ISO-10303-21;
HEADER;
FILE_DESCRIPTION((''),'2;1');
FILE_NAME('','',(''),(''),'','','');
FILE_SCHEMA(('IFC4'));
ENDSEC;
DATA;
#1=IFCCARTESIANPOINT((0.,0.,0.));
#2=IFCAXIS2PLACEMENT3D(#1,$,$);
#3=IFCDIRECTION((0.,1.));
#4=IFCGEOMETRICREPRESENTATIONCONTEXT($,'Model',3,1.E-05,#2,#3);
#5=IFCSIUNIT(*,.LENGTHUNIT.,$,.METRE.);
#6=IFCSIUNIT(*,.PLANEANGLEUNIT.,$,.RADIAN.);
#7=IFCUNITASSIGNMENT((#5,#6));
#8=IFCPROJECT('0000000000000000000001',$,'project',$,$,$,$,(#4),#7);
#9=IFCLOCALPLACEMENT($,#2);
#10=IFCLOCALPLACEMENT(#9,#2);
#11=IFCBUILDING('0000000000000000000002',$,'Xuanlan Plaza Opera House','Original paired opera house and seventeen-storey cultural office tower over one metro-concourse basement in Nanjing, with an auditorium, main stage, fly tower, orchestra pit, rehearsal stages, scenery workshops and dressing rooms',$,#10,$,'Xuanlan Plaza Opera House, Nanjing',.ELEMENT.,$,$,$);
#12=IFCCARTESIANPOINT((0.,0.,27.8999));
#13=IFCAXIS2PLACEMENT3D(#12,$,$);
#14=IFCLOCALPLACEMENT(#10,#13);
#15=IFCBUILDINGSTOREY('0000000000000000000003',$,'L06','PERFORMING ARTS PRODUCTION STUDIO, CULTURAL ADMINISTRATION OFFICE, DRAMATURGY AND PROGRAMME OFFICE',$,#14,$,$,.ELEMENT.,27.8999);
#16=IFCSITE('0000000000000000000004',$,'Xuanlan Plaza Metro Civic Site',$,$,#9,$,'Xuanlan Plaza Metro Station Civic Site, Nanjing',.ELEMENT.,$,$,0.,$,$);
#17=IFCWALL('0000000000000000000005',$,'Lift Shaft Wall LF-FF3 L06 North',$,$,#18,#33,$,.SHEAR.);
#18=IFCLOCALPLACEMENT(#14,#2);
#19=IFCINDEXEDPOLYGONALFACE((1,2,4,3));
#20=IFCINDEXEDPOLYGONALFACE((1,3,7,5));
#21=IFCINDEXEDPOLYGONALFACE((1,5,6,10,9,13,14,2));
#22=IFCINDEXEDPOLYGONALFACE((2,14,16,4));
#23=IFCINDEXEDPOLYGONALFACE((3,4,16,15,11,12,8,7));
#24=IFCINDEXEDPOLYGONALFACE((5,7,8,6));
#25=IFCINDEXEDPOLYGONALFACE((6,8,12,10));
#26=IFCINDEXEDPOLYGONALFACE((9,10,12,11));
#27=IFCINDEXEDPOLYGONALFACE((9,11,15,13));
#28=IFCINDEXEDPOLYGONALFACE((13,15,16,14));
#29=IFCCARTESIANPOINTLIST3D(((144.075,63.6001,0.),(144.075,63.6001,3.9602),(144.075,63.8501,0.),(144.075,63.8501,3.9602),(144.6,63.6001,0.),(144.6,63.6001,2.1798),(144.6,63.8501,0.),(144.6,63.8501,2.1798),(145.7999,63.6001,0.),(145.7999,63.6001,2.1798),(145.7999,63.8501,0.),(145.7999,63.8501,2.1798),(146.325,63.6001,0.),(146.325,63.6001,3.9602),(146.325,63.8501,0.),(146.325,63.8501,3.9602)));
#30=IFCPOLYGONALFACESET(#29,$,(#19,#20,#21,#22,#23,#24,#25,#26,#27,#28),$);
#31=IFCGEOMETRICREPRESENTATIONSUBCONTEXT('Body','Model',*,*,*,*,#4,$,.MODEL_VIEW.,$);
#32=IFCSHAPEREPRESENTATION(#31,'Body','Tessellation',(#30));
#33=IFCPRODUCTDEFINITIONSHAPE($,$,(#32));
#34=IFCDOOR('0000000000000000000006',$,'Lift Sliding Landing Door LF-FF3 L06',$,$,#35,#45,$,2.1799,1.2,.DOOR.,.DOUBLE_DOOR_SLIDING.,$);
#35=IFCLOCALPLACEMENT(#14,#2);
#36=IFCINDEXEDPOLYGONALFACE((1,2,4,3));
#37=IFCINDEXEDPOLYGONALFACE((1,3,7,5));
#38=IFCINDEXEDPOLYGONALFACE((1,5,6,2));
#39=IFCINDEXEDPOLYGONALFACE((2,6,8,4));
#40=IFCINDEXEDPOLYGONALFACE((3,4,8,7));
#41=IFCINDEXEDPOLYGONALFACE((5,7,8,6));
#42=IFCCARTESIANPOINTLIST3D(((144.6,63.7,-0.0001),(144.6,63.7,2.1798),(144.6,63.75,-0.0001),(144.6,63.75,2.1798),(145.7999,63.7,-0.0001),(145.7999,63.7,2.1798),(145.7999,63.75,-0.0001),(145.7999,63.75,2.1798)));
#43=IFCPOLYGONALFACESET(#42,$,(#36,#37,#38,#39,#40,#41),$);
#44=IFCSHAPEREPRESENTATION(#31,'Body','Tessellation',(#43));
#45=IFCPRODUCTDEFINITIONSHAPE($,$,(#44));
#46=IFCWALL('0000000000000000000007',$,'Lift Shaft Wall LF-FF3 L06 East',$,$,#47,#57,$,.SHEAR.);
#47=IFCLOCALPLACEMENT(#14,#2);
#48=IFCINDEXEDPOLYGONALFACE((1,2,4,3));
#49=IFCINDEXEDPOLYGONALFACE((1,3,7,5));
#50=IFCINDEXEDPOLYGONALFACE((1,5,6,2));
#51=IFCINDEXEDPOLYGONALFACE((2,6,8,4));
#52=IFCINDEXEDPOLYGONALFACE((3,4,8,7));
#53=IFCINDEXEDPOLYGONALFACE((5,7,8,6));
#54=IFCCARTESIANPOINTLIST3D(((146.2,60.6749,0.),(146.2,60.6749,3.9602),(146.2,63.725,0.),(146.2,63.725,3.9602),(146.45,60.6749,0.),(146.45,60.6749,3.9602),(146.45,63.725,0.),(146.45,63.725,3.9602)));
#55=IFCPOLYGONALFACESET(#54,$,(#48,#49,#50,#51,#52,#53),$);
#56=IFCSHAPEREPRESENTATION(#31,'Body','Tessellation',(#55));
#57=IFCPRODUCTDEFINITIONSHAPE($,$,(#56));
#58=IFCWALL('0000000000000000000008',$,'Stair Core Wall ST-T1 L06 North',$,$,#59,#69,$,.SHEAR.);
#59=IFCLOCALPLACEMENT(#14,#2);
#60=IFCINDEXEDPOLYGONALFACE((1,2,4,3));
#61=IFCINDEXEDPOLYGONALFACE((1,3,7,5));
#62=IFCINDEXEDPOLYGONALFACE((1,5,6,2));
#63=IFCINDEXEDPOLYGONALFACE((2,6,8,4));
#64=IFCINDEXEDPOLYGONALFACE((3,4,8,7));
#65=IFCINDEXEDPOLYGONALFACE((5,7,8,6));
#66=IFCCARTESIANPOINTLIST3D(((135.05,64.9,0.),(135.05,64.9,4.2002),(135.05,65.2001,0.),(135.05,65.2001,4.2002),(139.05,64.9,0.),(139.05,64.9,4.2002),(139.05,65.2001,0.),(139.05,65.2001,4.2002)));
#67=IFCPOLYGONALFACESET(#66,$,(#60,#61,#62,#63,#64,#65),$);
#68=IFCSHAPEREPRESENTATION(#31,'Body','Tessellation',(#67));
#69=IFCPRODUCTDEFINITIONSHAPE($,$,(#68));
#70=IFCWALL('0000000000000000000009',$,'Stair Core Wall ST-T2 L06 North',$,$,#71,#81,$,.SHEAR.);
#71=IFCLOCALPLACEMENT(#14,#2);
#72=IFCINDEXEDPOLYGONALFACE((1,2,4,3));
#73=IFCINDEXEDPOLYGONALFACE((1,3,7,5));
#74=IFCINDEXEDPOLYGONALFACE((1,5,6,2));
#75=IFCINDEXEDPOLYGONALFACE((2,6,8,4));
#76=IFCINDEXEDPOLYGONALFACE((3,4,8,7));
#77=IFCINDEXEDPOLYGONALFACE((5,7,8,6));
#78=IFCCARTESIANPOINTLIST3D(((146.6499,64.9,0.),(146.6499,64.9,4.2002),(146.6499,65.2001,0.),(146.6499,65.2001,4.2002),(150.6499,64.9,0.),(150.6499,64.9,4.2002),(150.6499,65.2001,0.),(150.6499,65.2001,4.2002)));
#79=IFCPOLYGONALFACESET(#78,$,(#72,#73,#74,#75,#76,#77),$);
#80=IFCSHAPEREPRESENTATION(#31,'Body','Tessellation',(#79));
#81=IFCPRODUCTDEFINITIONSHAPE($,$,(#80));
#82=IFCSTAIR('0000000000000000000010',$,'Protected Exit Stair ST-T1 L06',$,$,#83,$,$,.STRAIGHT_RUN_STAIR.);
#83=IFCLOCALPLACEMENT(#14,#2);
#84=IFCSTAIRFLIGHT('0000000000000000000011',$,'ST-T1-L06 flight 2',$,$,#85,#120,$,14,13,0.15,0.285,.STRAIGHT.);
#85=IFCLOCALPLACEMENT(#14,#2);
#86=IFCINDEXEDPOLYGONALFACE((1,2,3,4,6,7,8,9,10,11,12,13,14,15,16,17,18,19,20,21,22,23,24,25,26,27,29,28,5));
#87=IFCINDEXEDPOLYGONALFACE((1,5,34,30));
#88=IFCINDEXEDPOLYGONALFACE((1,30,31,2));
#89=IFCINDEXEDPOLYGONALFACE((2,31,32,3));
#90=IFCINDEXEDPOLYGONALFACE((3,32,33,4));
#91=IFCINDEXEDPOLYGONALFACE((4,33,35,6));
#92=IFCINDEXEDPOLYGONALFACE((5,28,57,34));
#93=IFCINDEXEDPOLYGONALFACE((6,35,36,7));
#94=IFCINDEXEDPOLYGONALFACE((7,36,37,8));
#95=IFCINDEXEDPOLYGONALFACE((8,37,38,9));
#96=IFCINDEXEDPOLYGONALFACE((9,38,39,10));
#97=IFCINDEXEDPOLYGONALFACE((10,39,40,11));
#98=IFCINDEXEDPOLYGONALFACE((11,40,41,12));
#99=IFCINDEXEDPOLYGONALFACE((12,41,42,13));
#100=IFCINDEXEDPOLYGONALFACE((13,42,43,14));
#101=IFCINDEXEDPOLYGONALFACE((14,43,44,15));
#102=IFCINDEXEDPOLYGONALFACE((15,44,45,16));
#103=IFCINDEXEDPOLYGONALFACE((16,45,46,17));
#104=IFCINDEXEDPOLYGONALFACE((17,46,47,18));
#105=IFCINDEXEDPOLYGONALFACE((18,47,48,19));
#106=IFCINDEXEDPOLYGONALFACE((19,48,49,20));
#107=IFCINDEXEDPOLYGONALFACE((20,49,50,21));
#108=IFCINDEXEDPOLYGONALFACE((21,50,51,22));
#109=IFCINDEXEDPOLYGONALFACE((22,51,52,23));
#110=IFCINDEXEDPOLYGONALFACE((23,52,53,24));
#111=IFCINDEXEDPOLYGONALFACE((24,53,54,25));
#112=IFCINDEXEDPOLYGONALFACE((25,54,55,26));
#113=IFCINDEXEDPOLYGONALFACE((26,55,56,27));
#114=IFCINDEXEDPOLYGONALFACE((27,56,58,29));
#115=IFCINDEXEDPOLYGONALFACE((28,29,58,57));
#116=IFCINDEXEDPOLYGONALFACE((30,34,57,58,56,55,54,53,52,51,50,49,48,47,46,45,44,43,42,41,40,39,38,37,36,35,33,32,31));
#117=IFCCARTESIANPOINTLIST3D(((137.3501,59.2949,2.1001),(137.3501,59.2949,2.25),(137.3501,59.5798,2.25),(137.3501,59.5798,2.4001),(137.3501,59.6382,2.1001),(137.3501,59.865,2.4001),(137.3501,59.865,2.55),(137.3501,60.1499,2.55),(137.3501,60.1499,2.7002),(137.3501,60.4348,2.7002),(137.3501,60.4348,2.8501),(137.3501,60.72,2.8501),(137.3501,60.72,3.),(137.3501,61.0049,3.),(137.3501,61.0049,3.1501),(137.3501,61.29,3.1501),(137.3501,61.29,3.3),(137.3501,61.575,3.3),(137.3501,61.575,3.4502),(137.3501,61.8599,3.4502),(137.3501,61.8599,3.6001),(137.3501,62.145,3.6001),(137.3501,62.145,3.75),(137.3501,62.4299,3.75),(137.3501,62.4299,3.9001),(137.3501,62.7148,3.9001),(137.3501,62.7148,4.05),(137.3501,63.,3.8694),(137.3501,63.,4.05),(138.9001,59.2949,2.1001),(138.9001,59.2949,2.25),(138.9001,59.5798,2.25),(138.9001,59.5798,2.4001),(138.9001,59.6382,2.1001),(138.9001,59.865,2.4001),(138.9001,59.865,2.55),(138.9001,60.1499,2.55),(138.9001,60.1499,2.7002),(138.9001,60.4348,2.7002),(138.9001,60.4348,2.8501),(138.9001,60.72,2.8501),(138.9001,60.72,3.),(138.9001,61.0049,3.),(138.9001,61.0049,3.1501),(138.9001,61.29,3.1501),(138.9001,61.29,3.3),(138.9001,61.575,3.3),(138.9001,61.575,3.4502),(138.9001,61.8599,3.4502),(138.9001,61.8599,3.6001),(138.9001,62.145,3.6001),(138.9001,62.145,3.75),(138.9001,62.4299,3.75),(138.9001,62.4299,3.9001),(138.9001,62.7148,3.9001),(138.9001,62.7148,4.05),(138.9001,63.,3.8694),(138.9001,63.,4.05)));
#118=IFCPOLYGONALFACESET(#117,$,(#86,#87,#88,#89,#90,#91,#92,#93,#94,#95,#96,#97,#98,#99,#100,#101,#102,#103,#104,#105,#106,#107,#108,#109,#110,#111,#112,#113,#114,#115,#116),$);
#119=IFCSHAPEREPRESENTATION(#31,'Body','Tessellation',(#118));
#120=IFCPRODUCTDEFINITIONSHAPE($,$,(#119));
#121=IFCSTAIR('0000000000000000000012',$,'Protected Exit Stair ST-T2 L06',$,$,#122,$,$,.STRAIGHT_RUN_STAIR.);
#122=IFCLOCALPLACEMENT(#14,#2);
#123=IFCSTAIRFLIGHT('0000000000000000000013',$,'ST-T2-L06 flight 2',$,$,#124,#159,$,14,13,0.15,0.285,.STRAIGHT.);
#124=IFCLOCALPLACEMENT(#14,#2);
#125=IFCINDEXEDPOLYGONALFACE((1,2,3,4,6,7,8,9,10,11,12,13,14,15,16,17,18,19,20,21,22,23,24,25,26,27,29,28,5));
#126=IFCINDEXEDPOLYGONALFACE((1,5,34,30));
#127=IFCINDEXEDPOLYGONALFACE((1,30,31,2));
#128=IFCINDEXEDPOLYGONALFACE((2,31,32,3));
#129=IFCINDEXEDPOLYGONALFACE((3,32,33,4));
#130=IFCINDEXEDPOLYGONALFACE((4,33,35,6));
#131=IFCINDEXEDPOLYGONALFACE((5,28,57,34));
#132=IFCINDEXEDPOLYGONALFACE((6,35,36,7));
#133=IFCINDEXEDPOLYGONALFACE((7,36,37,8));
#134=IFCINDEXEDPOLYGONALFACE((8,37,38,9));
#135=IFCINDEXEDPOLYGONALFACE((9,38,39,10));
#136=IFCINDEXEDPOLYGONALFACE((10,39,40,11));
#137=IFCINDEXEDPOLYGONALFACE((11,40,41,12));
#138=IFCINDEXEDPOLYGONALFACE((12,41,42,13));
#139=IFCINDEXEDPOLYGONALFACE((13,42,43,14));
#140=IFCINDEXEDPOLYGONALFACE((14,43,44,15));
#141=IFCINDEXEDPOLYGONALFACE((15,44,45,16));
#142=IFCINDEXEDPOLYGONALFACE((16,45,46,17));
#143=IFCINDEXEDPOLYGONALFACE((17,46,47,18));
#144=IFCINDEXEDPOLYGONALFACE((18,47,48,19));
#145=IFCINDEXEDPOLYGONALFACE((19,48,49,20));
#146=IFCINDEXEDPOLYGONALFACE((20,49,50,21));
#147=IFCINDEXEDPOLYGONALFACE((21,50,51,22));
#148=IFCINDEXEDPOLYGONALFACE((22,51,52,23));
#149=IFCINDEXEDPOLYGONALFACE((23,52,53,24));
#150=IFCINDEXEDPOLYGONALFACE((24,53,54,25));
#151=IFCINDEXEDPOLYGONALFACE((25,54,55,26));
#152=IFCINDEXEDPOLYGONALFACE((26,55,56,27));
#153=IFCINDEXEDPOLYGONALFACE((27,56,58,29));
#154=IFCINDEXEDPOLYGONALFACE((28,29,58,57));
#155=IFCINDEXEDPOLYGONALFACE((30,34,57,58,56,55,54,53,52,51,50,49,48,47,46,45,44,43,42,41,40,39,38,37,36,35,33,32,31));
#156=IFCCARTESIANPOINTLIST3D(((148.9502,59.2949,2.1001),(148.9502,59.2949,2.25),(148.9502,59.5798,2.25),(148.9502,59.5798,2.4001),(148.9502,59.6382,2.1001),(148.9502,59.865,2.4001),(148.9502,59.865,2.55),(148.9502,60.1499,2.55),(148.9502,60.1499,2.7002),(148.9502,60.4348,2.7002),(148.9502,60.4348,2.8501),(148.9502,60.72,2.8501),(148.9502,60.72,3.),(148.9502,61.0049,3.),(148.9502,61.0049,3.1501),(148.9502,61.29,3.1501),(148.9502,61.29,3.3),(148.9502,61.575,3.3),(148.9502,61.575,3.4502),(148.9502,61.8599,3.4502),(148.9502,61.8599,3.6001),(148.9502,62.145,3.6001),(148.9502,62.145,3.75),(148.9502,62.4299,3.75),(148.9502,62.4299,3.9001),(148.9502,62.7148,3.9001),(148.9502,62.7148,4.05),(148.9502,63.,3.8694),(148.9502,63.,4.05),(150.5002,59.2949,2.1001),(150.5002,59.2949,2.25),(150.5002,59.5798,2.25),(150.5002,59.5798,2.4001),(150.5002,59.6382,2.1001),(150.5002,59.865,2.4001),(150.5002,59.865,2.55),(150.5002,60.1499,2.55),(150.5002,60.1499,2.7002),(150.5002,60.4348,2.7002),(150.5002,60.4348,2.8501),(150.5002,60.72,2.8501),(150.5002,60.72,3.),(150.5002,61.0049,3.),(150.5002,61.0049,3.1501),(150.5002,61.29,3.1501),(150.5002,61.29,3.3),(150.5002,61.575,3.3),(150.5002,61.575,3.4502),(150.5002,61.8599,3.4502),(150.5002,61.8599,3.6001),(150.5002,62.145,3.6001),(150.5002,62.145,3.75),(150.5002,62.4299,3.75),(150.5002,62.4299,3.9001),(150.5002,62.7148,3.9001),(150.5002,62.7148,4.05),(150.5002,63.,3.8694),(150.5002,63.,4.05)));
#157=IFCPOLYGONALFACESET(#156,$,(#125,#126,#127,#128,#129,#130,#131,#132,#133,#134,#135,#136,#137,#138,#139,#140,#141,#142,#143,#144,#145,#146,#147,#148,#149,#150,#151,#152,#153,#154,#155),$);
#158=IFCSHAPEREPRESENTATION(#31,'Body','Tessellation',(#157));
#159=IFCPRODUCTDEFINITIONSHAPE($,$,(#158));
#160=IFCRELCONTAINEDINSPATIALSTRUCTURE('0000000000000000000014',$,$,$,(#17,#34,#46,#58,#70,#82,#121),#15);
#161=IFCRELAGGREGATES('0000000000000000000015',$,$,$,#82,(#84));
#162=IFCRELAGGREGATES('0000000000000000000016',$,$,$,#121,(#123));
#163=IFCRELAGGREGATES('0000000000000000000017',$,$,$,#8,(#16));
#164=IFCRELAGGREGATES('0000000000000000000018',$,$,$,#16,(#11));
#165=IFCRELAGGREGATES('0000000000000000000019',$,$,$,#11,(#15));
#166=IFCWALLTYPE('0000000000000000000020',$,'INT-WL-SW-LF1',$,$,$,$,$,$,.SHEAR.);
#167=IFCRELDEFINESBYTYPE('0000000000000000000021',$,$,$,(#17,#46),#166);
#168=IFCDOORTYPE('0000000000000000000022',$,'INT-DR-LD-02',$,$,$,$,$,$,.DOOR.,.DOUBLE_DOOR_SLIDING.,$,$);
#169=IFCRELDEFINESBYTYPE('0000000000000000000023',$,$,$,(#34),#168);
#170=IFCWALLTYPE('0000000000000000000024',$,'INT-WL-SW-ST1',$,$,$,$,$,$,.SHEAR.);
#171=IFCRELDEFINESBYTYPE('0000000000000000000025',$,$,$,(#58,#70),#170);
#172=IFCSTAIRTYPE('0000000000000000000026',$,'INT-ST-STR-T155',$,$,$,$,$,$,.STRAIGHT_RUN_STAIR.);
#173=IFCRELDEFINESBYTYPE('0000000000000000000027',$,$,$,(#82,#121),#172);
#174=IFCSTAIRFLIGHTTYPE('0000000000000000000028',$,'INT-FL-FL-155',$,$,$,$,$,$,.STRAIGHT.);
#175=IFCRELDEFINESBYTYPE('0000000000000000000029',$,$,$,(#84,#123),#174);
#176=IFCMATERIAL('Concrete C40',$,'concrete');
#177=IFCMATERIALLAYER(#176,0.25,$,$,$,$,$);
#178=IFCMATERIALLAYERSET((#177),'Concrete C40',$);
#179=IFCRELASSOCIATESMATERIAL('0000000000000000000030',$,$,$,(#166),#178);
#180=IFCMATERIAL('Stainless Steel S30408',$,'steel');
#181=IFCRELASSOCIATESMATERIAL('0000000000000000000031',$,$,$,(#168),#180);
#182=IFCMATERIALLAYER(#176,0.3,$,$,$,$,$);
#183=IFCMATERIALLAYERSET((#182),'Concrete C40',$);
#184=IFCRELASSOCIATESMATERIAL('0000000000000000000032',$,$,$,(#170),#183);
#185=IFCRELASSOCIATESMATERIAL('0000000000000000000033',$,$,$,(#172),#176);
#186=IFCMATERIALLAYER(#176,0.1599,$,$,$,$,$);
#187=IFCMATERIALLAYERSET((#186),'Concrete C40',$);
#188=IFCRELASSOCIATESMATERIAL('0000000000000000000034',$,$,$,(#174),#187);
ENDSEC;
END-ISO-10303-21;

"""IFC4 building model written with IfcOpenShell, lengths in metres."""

from ifc_helpers import new_model, si_unit, direction, frame, frame_2d, origin, place, context, subcontext, project, spatial, polyline, rectangle, outline, extrude, material, layer, layer_set, type_object, element, fill, aggregate, save


model = new_model("IFC4")

# Units and contexts
model_context = context("Model", 3, precision=1e-05, world=origin(), true_north=direction((0.0, 1.0)))
body_context = subcontext(model_context, "Body", "Model", "MODEL_VIEW")
ifc_project = project(units=[si_unit("LENGTHUNIT", "METRE"), si_unit("PLANEANGLEUNIT", "RADIAN")], contexts=[model_context])

# Site, building, storey
site_placement = place(None, origin())
site = spatial("IfcSite", under=ifc_project, at=site_placement, Name="Xuanlan Plaza Metro Civic Site", LongName="Xuanlan Plaza Metro Station Civic Site, Nanjing", CompositionType="ELEMENT", RefElevation=0.0)
building_placement = place(site_placement, origin())
building = spatial("IfcBuilding", under=site, at=building_placement, Name="Xuanlan Plaza Opera House", Description="Original paired opera house and seventeen-storey cultural office tower over one metro-concourse basement in Nanjing, with an auditorium, main stage, fly tower, orchestra pit, rehearsal stages, scenery workshops and dressing rooms", LongName="Xuanlan Plaza Opera House, Nanjing", CompositionType="ELEMENT")
storey_placement = place(building_placement, frame((0.0, 0.0, 27.8999)))
storey = spatial("IfcBuildingStorey", under=building, at=storey_placement, Name="L06", Description="PERFORMING ARTS PRODUCTION STUDIO, CULTURAL ADMINISTRATION OFFICE, DRAMATURGY AND PROGRAMME OFFICE", CompositionType="ELEMENT", Elevation=27.8999)

# Shared definitions
ifc_material_1 = material(Name="Concrete C40", Category="concrete")

# Shared definitions
ifc_layer_1 = layer(ifc_material_1, 0.25)
ifc_layer_set_1 = layer_set([ifc_layer_1], Name="Concrete C40")
wall_type_1 = type_object("IfcWallType", Name="INT-WL-SW-LF1", PredefinedType="SHEAR", material=ifc_layer_set_1)

# Shared definitions
ifc_material_2 = material(Name="Stainless Steel S30408", Category="steel")
door_type_1 = type_object("IfcDoorType", Name="INT-DR-LD-02", OperationType="DOUBLE_DOOR_SLIDING", PredefinedType="DOOR", material=ifc_material_2)

# Wall, opening, door
wall_1_placement = place(storey_placement, frame((144.075, 63.7251, 0.0), z_axis=(0.0, 0.0, 1.0), x_axis=(1.0, 0.0, 0.0)))
wall_1 = element("IfcWall", 1, at=wall_1_placement, inside=storey, type_object=wall_type_1, Name="Lift Shaft Wall LF-FF3 L06 North", PredefinedType="SHEAR", context=body_context, shape_type="SweptSolid", body=[
    extrude(rectangle(XDim=2.25, YDim=0.25, at=frame_2d((1.125, 0.0))), origin(), (0.0, 0.0, 1.0), 3.9602),
])
opening_1_placement = place(wall_1_placement, frame((0.5249, 0.0, 0.0)))
opening_1 = element("IfcOpeningElement", 2, at=opening_1_placement, cuts=wall_1, PredefinedType="OPENING", context=body_context, shape_type="SweptSolid", body=[
    extrude(rectangle(XDim=1.2, YDim=2.1799, at=frame_2d((0.6001, 1.0898))), frame((0.0, 0.135, 0.0), z_axis=(0.0, -1.0, 0.0), x_axis=(1.0, 0.0, 0.0)), (0.0, 0.0, 1.0), 0.27),
])
door_1_placement = place(opening_1_placement, origin())
door_1 = element("IfcDoor", 3, at=door_1_placement, inside=storey, type_object=door_type_1, Name="Lift Sliding Landing Door LF-FF3 L06", OperationType="DOUBLE_DOOR_SLIDING", OverallHeight=2.1799, OverallWidth=1.2, PredefinedType="DOOR", context=body_context, shape_type="SweptSolid", body=[
    extrude(rectangle(XDim=1.2, YDim=2.1799, at=frame_2d((0.6001, 1.0898))), frame((0.0, 0.0249, 0.0), z_axis=(0.0, -1.0, 0.0), x_axis=(1.0, 0.0, 0.0)), (0.0, 0.0, 1.0), 0.05),
])
fill(opening_1, door_1)

# Walls
wall_2_placement = place(storey_placement, frame((146.325, 60.675, 0.0), z_axis=(0.0, 0.0, 1.0), x_axis=(0.0, 1.0, 0.0)))
element("IfcWall", 4, at=wall_2_placement, inside=storey, type_object=wall_type_1, Name="Lift Shaft Wall LF-FF3 L06 East", PredefinedType="SHEAR", context=body_context, shape_type="SweptSolid", body=[
    extrude(rectangle(XDim=3.05, YDim=0.25, at=frame_2d((1.5249, 0.0))), origin(), (0.0, 0.0, 1.0), 3.9602),
])
ifc_layer_2 = layer(ifc_material_1, 0.3)
ifc_layer_set_2 = layer_set([ifc_layer_2], Name="Concrete C40")
wall_type_2 = type_object("IfcWallType", Name="INT-WL-SW-ST1", PredefinedType="SHEAR", material=ifc_layer_set_2)
for number, where, z_axis, x_axis, name in (
    (5, (135.05, 65.05, 0.0), (0.0, 0.0, 1.0), (1.0, 0.0, 0.0), "Stair Core Wall ST-T1 L06 North"),
    (6, (146.6499, 65.05, 0.0), (0.0, 0.0, 1.0), (1.0, 0.0, 0.0), "Stair Core Wall ST-T2 L06 North"),
):
    element("IfcWall", number, at=place(storey_placement, frame(where, z_axis=z_axis, x_axis=x_axis)), inside=storey, type_object=wall_type_2, Name=name, PredefinedType="SHEAR", context=body_context, shape_type="SweptSolid", body=[
        extrude(rectangle(XDim=4.0, YDim=0.3, at=frame_2d((2.0, 0.0))), origin(), (0.0, 0.0, 1.0), 4.2002),
    ])

# Stairs, stair flights
stair_type = type_object("IfcStairType", Name="INT-ST-STR-T155", PredefinedType="STRAIGHT_RUN_STAIR", material=ifc_material_1)
stair_1_placement = place(storey_placement, origin())
stair_1 = element("IfcStair", 7, at=stair_1_placement, inside=storey, type_object=stair_type, Name="Protected Exit Stair ST-T1 L06", PredefinedType="STRAIGHT_RUN_STAIR")
ifc_layer_3 = layer(ifc_material_1, 0.1599)
ifc_layer_set_3 = layer_set([ifc_layer_3], Name="Concrete C40")
stair_flight_type = type_object("IfcStairFlightType", Name="INT-FL-FL-155", PredefinedType="STRAIGHT", material=ifc_layer_set_3)
stair_flight_1_placement = place(storey_placement, frame((138.125, 59.2949, 2.1001), z_axis=(0.0, 0.0, 1.0), x_axis=(0.0, 1.0, 0.0)))
stair_flight_1 = element("IfcStairFlight", 8, at=stair_flight_1_placement, type_object=stair_flight_type, Name="ST-T1-L06 flight 2", NumberOfRisers=14, NumberOfTreads=13, PredefinedType="STRAIGHT", RiserHeight=0.15, TreadLength=0.285, context=body_context, shape_type="SweptSolid", body=[
    extrude(outline(polyline([(0.0, 0.0), (0.0, 0.1499), (0.2849, 0.1499), (0.2849, 0.3), (0.5701, 0.3), (0.5701, 0.45), (0.855, 0.45), (0.855, 0.6001), (1.1399, 0.6001), (1.1399, 0.75), (1.425, 0.75), (1.425, 0.8999), (1.71, 0.8999), (1.71, 1.05), (1.9951, 1.05), (1.9951, 1.2), (2.28, 1.2), (2.28, 1.3501), (2.5649, 1.3501), (2.5649, 1.5), (2.8501, 1.5), (2.8501, 1.6499), (3.135, 1.6499), (3.135, 1.8), (3.4199, 1.8), (3.4199, 1.95), (3.7051, 1.95), (3.7051, 2.1001), (3.7051, 1.7693), (0.3433, 0.0), (0.0, 0.0)])), frame((0.0, 0.7749, 0.0), z_axis=(0.0, -1.0, 0.0), x_axis=(1.0, 0.0, 0.0)), (0.0, 0.0, 1.0), 1.55),
])
aggregate(stair_1, [stair_flight_1])
stair_2_placement = place(storey_placement, origin())
stair_2 = element("IfcStair", 9, at=stair_2_placement, inside=storey, type_object=stair_type, Name="Protected Exit Stair ST-T2 L06", PredefinedType="STRAIGHT_RUN_STAIR")
stair_flight_2_placement = place(storey_placement, frame((149.7251, 59.2949, 2.1001), z_axis=(0.0, 0.0, 1.0), x_axis=(0.0, 1.0, 0.0)))
stair_flight_2 = element("IfcStairFlight", 10, at=stair_flight_2_placement, type_object=stair_flight_type, Name="ST-T2-L06 flight 2", NumberOfRisers=14, NumberOfTreads=13, PredefinedType="STRAIGHT", RiserHeight=0.15, TreadLength=0.285, context=body_context, shape_type="SweptSolid", body=[
    extrude(outline(polyline([(0.0, 0.0), (0.0, 0.1499), (0.2849, 0.1499), (0.2849, 0.3), (0.5701, 0.3), (0.5701, 0.45), (0.855, 0.45), (0.855, 0.6001), (1.1399, 0.6001), (1.1399, 0.75), (1.425, 0.75), (1.425, 0.8999), (1.71, 0.8999), (1.71, 1.05), (1.9951, 1.05), (1.9951, 1.2), (2.28, 1.2), (2.28, 1.3501), (2.5649, 1.3501), (2.5649, 1.5), (2.8501, 1.5), (2.8501, 1.6499), (3.135, 1.6499), (3.135, 1.8), (3.4199, 1.8), (3.4199, 1.95), (3.7051, 1.95), (3.7051, 2.1001), (3.7051, 1.7693), (0.3433, 0.0), (0.0, 0.0)])), frame((0.0, 0.7749, 0.0), z_axis=(0.0, -1.0, 0.0), x_axis=(1.0, 0.0, 0.0)), (0.0, 0.0, 1.0), 1.55),
])
aggregate(stair_2, [stair_flight_2])

save(model, "model.ifc")
